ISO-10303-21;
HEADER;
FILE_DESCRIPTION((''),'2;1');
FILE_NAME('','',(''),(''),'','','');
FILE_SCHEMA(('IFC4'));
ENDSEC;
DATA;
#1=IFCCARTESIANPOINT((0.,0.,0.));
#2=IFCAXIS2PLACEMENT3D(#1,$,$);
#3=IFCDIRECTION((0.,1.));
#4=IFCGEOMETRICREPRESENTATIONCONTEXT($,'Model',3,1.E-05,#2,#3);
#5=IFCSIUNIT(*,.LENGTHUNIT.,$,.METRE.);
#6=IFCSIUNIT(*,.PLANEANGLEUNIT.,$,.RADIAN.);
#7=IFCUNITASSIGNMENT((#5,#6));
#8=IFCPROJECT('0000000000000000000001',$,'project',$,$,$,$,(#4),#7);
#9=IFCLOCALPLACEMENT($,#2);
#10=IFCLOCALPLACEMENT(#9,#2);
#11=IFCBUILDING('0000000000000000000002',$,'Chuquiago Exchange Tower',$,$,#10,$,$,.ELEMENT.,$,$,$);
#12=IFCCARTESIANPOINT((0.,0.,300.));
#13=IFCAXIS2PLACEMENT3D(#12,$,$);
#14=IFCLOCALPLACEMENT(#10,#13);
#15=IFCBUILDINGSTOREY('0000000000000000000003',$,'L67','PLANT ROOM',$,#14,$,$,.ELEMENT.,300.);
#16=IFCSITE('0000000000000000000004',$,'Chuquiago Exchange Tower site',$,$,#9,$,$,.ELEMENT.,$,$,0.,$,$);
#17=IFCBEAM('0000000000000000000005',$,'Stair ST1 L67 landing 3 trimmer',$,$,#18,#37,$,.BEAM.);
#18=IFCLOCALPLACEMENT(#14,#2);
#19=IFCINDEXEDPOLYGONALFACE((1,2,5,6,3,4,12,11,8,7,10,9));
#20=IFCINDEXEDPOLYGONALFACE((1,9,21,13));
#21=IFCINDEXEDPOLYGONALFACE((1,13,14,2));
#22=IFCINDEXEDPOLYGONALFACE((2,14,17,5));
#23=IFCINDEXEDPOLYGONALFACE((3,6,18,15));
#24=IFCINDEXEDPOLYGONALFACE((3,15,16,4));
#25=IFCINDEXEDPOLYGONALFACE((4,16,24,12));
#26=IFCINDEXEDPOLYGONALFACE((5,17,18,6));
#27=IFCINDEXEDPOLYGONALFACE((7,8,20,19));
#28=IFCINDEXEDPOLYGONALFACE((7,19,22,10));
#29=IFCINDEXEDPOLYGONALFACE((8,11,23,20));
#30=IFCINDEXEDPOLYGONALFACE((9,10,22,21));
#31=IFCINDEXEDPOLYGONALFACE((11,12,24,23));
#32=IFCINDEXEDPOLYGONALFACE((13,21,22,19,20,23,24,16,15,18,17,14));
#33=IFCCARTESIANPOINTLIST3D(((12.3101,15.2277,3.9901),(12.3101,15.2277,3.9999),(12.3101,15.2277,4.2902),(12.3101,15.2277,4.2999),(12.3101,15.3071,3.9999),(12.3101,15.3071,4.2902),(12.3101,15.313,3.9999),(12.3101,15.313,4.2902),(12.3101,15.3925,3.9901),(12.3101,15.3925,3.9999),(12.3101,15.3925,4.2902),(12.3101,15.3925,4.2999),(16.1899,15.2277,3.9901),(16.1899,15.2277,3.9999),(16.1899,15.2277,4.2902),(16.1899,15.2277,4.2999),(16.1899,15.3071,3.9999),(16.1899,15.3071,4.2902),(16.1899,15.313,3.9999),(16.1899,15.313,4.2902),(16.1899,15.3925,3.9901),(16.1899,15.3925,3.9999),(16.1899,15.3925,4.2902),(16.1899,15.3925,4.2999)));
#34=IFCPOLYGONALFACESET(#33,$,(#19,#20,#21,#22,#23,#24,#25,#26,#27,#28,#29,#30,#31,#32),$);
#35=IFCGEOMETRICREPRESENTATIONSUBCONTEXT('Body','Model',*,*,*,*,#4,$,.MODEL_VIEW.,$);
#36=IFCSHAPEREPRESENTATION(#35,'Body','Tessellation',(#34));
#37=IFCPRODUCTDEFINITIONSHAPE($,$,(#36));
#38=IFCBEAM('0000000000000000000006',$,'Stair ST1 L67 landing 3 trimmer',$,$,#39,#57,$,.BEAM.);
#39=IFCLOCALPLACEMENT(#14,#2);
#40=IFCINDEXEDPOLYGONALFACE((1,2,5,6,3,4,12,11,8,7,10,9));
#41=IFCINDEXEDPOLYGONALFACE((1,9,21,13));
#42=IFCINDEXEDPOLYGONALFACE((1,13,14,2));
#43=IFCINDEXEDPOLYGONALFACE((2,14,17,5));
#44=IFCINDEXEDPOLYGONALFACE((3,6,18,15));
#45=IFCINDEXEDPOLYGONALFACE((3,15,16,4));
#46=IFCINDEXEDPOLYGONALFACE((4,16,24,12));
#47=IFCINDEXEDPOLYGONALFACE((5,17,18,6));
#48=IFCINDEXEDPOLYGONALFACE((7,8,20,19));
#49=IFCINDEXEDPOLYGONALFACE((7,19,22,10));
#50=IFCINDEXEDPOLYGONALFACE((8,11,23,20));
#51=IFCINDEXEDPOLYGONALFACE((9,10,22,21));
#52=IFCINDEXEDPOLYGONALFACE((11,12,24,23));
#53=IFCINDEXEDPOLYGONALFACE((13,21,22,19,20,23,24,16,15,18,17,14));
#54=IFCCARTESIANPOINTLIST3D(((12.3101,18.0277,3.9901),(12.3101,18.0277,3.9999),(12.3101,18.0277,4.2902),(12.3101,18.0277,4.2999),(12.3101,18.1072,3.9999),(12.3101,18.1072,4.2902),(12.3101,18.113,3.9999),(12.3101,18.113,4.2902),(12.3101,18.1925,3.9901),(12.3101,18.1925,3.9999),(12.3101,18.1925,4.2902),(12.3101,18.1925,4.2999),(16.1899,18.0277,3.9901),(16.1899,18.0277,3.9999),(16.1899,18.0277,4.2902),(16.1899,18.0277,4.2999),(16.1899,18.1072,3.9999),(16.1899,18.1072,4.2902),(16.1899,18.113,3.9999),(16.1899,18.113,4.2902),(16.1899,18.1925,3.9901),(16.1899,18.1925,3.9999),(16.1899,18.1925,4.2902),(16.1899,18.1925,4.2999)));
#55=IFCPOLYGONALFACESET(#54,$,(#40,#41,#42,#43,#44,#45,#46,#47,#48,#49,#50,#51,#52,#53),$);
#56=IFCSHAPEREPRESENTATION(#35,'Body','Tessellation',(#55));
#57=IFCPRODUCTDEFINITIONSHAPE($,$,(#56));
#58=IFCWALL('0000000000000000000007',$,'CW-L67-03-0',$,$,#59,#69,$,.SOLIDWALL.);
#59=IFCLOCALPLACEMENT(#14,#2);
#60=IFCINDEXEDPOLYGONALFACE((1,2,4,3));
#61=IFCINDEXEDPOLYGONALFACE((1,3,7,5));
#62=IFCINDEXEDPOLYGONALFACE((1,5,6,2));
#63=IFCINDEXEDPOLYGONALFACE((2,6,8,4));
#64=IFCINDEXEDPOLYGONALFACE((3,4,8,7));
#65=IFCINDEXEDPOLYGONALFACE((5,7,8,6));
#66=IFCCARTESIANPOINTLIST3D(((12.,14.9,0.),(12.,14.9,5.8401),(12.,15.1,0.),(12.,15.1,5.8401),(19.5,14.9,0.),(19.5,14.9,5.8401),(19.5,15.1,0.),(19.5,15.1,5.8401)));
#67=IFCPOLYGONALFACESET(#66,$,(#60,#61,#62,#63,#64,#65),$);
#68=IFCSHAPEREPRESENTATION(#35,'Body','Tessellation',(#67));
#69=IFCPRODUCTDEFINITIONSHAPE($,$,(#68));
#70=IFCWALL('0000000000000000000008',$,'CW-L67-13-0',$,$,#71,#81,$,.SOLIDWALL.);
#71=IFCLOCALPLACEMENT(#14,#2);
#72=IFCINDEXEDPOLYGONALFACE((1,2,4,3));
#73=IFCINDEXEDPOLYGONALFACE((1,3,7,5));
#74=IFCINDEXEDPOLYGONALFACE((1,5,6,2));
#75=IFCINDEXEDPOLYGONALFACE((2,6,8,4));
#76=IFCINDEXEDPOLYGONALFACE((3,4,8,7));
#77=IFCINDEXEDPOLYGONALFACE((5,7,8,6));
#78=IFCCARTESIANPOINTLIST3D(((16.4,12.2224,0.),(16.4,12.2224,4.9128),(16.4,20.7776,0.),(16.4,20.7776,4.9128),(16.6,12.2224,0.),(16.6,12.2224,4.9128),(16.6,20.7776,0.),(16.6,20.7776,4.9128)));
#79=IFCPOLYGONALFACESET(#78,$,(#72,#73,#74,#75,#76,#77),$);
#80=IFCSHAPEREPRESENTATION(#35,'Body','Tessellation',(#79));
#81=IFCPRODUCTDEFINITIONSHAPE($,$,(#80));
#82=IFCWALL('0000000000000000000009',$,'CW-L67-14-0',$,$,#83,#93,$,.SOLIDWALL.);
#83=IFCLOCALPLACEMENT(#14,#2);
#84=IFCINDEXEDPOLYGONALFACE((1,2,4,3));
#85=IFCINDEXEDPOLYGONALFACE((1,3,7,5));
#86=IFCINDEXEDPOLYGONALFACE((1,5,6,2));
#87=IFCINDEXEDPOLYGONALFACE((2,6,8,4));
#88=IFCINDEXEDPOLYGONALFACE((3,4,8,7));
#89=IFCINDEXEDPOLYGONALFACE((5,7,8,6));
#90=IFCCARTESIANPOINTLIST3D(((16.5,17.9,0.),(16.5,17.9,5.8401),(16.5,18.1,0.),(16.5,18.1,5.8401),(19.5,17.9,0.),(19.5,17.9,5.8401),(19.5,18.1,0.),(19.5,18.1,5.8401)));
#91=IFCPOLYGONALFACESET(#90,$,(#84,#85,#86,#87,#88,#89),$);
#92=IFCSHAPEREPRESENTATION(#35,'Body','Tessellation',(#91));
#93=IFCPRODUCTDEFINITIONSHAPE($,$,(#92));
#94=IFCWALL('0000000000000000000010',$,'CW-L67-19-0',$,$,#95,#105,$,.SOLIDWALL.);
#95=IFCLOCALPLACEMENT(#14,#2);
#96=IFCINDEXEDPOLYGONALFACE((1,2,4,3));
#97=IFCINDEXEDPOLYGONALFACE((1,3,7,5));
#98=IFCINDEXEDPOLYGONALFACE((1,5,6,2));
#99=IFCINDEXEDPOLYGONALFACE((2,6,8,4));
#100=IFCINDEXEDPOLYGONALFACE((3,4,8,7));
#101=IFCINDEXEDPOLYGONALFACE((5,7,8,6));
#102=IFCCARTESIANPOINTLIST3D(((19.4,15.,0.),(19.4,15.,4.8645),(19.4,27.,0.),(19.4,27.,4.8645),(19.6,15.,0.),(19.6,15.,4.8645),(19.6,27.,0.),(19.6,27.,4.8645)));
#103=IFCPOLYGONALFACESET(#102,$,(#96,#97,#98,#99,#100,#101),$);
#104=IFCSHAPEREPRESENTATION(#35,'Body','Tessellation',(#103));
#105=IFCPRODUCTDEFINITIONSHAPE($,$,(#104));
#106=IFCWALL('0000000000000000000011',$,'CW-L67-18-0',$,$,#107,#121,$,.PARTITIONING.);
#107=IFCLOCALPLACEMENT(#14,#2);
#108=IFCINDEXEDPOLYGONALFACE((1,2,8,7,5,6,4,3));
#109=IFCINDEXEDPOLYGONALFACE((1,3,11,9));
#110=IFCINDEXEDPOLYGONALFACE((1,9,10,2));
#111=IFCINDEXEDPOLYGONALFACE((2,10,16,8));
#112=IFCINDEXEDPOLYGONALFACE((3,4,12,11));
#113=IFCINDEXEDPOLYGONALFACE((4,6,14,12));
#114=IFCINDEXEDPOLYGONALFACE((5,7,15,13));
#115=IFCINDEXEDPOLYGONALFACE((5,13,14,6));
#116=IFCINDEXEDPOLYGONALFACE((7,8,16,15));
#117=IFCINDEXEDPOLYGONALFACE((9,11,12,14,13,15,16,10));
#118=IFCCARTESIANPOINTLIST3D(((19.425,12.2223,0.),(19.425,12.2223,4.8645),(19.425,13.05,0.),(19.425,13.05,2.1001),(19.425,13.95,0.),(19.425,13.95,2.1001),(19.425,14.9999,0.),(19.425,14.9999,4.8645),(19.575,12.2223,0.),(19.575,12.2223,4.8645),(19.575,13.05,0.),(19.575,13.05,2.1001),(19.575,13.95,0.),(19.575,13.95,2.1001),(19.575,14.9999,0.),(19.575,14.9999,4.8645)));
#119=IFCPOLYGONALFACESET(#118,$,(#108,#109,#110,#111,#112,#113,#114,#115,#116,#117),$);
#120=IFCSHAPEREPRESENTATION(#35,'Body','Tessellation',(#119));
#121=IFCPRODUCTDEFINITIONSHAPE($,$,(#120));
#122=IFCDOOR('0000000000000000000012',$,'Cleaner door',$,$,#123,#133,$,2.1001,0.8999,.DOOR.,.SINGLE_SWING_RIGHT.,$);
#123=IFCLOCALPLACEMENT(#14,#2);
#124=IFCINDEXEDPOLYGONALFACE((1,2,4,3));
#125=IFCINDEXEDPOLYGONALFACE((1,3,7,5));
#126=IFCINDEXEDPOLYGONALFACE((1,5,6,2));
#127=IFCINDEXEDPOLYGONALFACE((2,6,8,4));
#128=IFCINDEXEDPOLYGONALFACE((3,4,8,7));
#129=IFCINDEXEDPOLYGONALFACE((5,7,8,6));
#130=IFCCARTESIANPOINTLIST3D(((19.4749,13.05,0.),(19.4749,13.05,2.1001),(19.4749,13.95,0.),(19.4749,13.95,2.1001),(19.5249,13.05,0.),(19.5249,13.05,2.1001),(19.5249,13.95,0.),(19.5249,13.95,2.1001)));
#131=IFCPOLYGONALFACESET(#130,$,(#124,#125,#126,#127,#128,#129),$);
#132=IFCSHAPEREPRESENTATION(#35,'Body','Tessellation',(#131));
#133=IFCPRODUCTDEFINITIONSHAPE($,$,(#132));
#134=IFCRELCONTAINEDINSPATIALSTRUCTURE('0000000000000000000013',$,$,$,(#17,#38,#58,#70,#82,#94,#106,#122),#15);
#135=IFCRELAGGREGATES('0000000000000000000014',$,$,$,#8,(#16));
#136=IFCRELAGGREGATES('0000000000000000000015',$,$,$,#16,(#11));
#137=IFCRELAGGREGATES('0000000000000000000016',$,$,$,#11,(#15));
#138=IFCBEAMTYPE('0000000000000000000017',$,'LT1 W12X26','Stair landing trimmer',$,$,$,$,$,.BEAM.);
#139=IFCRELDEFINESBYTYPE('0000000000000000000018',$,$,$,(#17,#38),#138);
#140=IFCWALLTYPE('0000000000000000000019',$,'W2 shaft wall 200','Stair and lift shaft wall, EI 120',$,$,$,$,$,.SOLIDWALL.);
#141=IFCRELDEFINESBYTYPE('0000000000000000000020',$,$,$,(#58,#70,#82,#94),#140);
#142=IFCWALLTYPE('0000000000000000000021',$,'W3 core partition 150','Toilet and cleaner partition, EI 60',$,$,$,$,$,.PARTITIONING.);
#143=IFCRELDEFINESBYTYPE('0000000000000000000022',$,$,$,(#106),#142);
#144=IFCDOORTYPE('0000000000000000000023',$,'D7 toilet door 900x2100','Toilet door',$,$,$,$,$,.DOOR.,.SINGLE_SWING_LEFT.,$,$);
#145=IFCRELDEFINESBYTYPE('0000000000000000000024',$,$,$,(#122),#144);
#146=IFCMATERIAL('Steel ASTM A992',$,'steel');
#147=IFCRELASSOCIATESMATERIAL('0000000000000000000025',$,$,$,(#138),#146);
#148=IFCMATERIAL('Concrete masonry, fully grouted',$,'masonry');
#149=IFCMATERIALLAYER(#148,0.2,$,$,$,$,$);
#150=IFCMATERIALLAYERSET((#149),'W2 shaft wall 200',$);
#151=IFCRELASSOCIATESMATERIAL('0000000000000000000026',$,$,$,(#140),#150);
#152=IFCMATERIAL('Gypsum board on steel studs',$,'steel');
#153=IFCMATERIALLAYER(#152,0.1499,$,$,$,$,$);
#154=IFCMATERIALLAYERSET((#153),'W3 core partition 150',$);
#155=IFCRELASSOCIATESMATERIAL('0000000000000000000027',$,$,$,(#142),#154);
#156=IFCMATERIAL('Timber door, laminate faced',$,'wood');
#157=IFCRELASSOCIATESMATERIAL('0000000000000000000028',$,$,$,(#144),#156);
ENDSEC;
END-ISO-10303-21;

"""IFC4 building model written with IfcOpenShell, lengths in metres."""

from ifc_helpers import new_model, si_unit, direction, frame, frame_2d, origin, origin_2d, place, context, subcontext, project, spatial, rectangle, i_section, extrude, material, layer, layer_set, material_profile, profile_set, type_object, element, fill, save


model = new_model("IFC4")

# Units and contexts
model_context = context("Model", 3, precision=1e-05, world=origin(), true_north=direction((0.0, 1.0)))
body_context = subcontext(model_context, "Body", "Model", "MODEL_VIEW")
ifc_project = project(units=[si_unit("LENGTHUNIT", "METRE"), si_unit("PLANEANGLEUNIT", "RADIAN")], contexts=[model_context])

# Site, building, storey
site_placement = place(None, origin())
site = spatial("IfcSite", under=ifc_project, at=site_placement, Name="Chuquiago Exchange Tower site", CompositionType="ELEMENT", RefElevation=0.0)
building_placement = place(site_placement, origin())
building = spatial("IfcBuilding", under=site, at=building_placement, Name="Chuquiago Exchange Tower", CompositionType="ELEMENT")
storey_placement = place(building_placement, frame((0.0, 0.0, 300.0)))
storey = spatial("IfcBuildingStorey", under=building, at=storey_placement, Name="L67", Description="PLANT ROOM", CompositionType="ELEMENT", Elevation=300.0)

# Beams
ifc_material_1 = material(Name="Steel ASTM A992", Category="steel")
ifc_material_profile_1 = material_profile(ifc_material_1, i_section(OverallWidth=0.1648, OverallDepth=0.3098, WebThickness=0.0059, FlangeThickness=0.0098, at=origin_2d()), Name="W12X26")
ifc_profile_set_1 = profile_set([ifc_material_profile_1], Name="Steel ASTM A992")
beam_type_1 = type_object("IfcBeamType", Name="LT1 W12X26", Description="Stair landing trimmer", PredefinedType="BEAM", material=ifc_profile_set_1)
for number, where, z_axis, x_axis, name in (
    (1, (12.3101, 15.3101, 4.145), (1.0, 0.0, 0.0), (0.0, 1.0, 0.0), "Stair ST1 L67 landing 3 trimmer"),
    (2, (12.3101, 18.1101, 4.145), (1.0, 0.0, 0.0), (0.0, 1.0, 0.0), "Stair ST1 L67 landing 3 trimmer"),
):
    element("IfcBeam", number, at=place(storey_placement, frame(where, z_axis=z_axis, x_axis=x_axis)), inside=storey, type_object=beam_type_1, Name=name, PredefinedType="BEAM", context=body_context, shape_type="SweptSolid", body=[
        extrude(i_section(OverallWidth=0.1648, OverallDepth=0.3098, WebThickness=0.0059, FlangeThickness=0.0098, at=origin_2d()), origin(), (0.0, 0.0, 1.0), 3.8799),
    ])

# Walls
ifc_material_2 = material(Name="Concrete masonry, fully grouted", Category="masonry")
ifc_layer_1 = layer(ifc_material_2, 0.2)
ifc_layer_set_1 = layer_set([ifc_layer_1], Name="W2 shaft wall 200")
wall_type_1 = type_object("IfcWallType", Name="W2 shaft wall 200", Description="Stair and lift shaft wall, EI 120", PredefinedType="SOLIDWALL", material=ifc_layer_set_1)
wall_1_placement = place(storey_placement, frame((12.0, 15.0, 0.0), z_axis=(0.0, 0.0, 1.0), x_axis=(1.0, 0.0, 0.0)))
element("IfcWall", 3, at=wall_1_placement, inside=storey, type_object=wall_type_1, Name="CW-L67-03-0", PredefinedType="SOLIDWALL", context=body_context, shape_type="SweptSolid", body=[
    extrude(rectangle(XDim=7.5, YDim=0.2, at=frame_2d((3.75, 0.0))), origin(), (0.0, 0.0, 1.0), 5.8401),
])
wall_2_placement = place(storey_placement, frame((16.5, 12.2224, 0.0), z_axis=(0.0, 0.0, 1.0), x_axis=(0.0, 1.0, 0.0)))
element("IfcWall", 4, at=wall_2_placement, inside=storey, type_object=wall_type_1, Name="CW-L67-13-0", PredefinedType="SOLIDWALL", context=body_context, shape_type="SweptSolid", body=[
    extrude(rectangle(XDim=8.5552, YDim=0.2, at=frame_2d((4.2776, 0.0))), origin(), (0.0, 0.0, 1.0), 4.9128),
])
wall_3_placement = place(storey_placement, frame((16.5, 18.0, 0.0), z_axis=(0.0, 0.0, 1.0), x_axis=(1.0, 0.0, 0.0)))
element("IfcWall", 5, at=wall_3_placement, inside=storey, type_object=wall_type_1, Name="CW-L67-14-0", PredefinedType="SOLIDWALL", context=body_context, shape_type="SweptSolid", body=[
    extrude(rectangle(XDim=3.0, YDim=0.2, at=frame_2d((1.5, 0.0))), origin(), (0.0, 0.0, 1.0), 5.8401),
])
wall_4_placement = place(storey_placement, frame((19.5, 15.0, 0.0), z_axis=(0.0, 0.0, 1.0), x_axis=(0.0, 1.0, 0.0)))
element("IfcWall", 6, at=wall_4_placement, inside=storey, type_object=wall_type_1, Name="CW-L67-19-0", PredefinedType="SOLIDWALL", context=body_context, shape_type="SweptSolid", body=[
    extrude(rectangle(XDim=12.0, YDim=0.2, at=frame_2d((6.0, 0.0))), origin(), (0.0, 0.0, 1.0), 4.8645),
])

# Wall, opening, door
ifc_material_3 = material(Name="Gypsum board on steel studs", Category="steel")
ifc_layer_2 = layer(ifc_material_3, 0.1499)
ifc_layer_set_2 = layer_set([ifc_layer_2], Name="W3 core partition 150")
wall_type_2 = type_object("IfcWallType", Name="W3 core partition 150", Description="Toilet and cleaner partition, EI 60", PredefinedType="PARTITIONING", material=ifc_layer_set_2)
wall_5_placement = place(storey_placement, frame((19.5, 12.2224, 0.0), z_axis=(0.0, 0.0, 1.0), x_axis=(0.0, 1.0, 0.0)))
wall_5 = element("IfcWall", 7, at=wall_5_placement, inside=storey, type_object=wall_type_2, Name="CW-L67-18-0", PredefinedType="PARTITIONING", context=body_context, shape_type="SweptSolid", body=[
    extrude(rectangle(XDim=2.7776, YDim=0.1499, at=frame_2d((1.3887, 0.0))), origin(), (0.0, 0.0, 1.0), 4.8645),
])
opening_placement = place(wall_5_placement, frame((0.8276, 0.0, 0.0)))
opening = element("IfcOpeningElement", 8, at=opening_placement, cuts=wall_5, PredefinedType="OPENING", context=body_context, shape_type="SweptSolid", body=[
    extrude(rectangle(XDim=0.8999, YDim=2.1001, at=frame_2d((0.45, 1.05))), frame((0.0, 0.085, 0.0), z_axis=(0.0, -1.0, 0.0), x_axis=(1.0, 0.0, 0.0)), (0.0, 0.0, 1.0), 0.1699),
])
ifc_material_4 = material(Name="Timber door, laminate faced", Category="wood")
door_type = type_object("IfcDoorType", Name="D7 toilet door 900x2100", Description="Toilet door", OperationType="SINGLE_SWING_LEFT", PredefinedType="DOOR", material=ifc_material_4)
door_placement = place(opening_placement, frame((0.8999, 0.0, 0.0), z_axis=(0.0, 0.0, 1.0), x_axis=(-1.0, 0.0, 0.0)))
door = element("IfcDoor", 9, at=door_placement, inside=storey, type_object=door_type, Name="Cleaner door", OperationType="SINGLE_SWING_RIGHT", OverallHeight=2.1001, OverallWidth=0.8999, PredefinedType="DOOR", context=body_context, shape_type="SweptSolid", body=[
    extrude(rectangle(XDim=0.8999, YDim=2.1001, at=frame_2d((0.45, 1.05))), frame((0.0, 0.0249, 0.0), z_axis=(0.0, -1.0, 0.0), x_axis=(1.0, 0.0, 0.0)), (0.0, 0.0, 1.0), 0.05),
])
fill(opening, door)

save(model, "model.ifc")
